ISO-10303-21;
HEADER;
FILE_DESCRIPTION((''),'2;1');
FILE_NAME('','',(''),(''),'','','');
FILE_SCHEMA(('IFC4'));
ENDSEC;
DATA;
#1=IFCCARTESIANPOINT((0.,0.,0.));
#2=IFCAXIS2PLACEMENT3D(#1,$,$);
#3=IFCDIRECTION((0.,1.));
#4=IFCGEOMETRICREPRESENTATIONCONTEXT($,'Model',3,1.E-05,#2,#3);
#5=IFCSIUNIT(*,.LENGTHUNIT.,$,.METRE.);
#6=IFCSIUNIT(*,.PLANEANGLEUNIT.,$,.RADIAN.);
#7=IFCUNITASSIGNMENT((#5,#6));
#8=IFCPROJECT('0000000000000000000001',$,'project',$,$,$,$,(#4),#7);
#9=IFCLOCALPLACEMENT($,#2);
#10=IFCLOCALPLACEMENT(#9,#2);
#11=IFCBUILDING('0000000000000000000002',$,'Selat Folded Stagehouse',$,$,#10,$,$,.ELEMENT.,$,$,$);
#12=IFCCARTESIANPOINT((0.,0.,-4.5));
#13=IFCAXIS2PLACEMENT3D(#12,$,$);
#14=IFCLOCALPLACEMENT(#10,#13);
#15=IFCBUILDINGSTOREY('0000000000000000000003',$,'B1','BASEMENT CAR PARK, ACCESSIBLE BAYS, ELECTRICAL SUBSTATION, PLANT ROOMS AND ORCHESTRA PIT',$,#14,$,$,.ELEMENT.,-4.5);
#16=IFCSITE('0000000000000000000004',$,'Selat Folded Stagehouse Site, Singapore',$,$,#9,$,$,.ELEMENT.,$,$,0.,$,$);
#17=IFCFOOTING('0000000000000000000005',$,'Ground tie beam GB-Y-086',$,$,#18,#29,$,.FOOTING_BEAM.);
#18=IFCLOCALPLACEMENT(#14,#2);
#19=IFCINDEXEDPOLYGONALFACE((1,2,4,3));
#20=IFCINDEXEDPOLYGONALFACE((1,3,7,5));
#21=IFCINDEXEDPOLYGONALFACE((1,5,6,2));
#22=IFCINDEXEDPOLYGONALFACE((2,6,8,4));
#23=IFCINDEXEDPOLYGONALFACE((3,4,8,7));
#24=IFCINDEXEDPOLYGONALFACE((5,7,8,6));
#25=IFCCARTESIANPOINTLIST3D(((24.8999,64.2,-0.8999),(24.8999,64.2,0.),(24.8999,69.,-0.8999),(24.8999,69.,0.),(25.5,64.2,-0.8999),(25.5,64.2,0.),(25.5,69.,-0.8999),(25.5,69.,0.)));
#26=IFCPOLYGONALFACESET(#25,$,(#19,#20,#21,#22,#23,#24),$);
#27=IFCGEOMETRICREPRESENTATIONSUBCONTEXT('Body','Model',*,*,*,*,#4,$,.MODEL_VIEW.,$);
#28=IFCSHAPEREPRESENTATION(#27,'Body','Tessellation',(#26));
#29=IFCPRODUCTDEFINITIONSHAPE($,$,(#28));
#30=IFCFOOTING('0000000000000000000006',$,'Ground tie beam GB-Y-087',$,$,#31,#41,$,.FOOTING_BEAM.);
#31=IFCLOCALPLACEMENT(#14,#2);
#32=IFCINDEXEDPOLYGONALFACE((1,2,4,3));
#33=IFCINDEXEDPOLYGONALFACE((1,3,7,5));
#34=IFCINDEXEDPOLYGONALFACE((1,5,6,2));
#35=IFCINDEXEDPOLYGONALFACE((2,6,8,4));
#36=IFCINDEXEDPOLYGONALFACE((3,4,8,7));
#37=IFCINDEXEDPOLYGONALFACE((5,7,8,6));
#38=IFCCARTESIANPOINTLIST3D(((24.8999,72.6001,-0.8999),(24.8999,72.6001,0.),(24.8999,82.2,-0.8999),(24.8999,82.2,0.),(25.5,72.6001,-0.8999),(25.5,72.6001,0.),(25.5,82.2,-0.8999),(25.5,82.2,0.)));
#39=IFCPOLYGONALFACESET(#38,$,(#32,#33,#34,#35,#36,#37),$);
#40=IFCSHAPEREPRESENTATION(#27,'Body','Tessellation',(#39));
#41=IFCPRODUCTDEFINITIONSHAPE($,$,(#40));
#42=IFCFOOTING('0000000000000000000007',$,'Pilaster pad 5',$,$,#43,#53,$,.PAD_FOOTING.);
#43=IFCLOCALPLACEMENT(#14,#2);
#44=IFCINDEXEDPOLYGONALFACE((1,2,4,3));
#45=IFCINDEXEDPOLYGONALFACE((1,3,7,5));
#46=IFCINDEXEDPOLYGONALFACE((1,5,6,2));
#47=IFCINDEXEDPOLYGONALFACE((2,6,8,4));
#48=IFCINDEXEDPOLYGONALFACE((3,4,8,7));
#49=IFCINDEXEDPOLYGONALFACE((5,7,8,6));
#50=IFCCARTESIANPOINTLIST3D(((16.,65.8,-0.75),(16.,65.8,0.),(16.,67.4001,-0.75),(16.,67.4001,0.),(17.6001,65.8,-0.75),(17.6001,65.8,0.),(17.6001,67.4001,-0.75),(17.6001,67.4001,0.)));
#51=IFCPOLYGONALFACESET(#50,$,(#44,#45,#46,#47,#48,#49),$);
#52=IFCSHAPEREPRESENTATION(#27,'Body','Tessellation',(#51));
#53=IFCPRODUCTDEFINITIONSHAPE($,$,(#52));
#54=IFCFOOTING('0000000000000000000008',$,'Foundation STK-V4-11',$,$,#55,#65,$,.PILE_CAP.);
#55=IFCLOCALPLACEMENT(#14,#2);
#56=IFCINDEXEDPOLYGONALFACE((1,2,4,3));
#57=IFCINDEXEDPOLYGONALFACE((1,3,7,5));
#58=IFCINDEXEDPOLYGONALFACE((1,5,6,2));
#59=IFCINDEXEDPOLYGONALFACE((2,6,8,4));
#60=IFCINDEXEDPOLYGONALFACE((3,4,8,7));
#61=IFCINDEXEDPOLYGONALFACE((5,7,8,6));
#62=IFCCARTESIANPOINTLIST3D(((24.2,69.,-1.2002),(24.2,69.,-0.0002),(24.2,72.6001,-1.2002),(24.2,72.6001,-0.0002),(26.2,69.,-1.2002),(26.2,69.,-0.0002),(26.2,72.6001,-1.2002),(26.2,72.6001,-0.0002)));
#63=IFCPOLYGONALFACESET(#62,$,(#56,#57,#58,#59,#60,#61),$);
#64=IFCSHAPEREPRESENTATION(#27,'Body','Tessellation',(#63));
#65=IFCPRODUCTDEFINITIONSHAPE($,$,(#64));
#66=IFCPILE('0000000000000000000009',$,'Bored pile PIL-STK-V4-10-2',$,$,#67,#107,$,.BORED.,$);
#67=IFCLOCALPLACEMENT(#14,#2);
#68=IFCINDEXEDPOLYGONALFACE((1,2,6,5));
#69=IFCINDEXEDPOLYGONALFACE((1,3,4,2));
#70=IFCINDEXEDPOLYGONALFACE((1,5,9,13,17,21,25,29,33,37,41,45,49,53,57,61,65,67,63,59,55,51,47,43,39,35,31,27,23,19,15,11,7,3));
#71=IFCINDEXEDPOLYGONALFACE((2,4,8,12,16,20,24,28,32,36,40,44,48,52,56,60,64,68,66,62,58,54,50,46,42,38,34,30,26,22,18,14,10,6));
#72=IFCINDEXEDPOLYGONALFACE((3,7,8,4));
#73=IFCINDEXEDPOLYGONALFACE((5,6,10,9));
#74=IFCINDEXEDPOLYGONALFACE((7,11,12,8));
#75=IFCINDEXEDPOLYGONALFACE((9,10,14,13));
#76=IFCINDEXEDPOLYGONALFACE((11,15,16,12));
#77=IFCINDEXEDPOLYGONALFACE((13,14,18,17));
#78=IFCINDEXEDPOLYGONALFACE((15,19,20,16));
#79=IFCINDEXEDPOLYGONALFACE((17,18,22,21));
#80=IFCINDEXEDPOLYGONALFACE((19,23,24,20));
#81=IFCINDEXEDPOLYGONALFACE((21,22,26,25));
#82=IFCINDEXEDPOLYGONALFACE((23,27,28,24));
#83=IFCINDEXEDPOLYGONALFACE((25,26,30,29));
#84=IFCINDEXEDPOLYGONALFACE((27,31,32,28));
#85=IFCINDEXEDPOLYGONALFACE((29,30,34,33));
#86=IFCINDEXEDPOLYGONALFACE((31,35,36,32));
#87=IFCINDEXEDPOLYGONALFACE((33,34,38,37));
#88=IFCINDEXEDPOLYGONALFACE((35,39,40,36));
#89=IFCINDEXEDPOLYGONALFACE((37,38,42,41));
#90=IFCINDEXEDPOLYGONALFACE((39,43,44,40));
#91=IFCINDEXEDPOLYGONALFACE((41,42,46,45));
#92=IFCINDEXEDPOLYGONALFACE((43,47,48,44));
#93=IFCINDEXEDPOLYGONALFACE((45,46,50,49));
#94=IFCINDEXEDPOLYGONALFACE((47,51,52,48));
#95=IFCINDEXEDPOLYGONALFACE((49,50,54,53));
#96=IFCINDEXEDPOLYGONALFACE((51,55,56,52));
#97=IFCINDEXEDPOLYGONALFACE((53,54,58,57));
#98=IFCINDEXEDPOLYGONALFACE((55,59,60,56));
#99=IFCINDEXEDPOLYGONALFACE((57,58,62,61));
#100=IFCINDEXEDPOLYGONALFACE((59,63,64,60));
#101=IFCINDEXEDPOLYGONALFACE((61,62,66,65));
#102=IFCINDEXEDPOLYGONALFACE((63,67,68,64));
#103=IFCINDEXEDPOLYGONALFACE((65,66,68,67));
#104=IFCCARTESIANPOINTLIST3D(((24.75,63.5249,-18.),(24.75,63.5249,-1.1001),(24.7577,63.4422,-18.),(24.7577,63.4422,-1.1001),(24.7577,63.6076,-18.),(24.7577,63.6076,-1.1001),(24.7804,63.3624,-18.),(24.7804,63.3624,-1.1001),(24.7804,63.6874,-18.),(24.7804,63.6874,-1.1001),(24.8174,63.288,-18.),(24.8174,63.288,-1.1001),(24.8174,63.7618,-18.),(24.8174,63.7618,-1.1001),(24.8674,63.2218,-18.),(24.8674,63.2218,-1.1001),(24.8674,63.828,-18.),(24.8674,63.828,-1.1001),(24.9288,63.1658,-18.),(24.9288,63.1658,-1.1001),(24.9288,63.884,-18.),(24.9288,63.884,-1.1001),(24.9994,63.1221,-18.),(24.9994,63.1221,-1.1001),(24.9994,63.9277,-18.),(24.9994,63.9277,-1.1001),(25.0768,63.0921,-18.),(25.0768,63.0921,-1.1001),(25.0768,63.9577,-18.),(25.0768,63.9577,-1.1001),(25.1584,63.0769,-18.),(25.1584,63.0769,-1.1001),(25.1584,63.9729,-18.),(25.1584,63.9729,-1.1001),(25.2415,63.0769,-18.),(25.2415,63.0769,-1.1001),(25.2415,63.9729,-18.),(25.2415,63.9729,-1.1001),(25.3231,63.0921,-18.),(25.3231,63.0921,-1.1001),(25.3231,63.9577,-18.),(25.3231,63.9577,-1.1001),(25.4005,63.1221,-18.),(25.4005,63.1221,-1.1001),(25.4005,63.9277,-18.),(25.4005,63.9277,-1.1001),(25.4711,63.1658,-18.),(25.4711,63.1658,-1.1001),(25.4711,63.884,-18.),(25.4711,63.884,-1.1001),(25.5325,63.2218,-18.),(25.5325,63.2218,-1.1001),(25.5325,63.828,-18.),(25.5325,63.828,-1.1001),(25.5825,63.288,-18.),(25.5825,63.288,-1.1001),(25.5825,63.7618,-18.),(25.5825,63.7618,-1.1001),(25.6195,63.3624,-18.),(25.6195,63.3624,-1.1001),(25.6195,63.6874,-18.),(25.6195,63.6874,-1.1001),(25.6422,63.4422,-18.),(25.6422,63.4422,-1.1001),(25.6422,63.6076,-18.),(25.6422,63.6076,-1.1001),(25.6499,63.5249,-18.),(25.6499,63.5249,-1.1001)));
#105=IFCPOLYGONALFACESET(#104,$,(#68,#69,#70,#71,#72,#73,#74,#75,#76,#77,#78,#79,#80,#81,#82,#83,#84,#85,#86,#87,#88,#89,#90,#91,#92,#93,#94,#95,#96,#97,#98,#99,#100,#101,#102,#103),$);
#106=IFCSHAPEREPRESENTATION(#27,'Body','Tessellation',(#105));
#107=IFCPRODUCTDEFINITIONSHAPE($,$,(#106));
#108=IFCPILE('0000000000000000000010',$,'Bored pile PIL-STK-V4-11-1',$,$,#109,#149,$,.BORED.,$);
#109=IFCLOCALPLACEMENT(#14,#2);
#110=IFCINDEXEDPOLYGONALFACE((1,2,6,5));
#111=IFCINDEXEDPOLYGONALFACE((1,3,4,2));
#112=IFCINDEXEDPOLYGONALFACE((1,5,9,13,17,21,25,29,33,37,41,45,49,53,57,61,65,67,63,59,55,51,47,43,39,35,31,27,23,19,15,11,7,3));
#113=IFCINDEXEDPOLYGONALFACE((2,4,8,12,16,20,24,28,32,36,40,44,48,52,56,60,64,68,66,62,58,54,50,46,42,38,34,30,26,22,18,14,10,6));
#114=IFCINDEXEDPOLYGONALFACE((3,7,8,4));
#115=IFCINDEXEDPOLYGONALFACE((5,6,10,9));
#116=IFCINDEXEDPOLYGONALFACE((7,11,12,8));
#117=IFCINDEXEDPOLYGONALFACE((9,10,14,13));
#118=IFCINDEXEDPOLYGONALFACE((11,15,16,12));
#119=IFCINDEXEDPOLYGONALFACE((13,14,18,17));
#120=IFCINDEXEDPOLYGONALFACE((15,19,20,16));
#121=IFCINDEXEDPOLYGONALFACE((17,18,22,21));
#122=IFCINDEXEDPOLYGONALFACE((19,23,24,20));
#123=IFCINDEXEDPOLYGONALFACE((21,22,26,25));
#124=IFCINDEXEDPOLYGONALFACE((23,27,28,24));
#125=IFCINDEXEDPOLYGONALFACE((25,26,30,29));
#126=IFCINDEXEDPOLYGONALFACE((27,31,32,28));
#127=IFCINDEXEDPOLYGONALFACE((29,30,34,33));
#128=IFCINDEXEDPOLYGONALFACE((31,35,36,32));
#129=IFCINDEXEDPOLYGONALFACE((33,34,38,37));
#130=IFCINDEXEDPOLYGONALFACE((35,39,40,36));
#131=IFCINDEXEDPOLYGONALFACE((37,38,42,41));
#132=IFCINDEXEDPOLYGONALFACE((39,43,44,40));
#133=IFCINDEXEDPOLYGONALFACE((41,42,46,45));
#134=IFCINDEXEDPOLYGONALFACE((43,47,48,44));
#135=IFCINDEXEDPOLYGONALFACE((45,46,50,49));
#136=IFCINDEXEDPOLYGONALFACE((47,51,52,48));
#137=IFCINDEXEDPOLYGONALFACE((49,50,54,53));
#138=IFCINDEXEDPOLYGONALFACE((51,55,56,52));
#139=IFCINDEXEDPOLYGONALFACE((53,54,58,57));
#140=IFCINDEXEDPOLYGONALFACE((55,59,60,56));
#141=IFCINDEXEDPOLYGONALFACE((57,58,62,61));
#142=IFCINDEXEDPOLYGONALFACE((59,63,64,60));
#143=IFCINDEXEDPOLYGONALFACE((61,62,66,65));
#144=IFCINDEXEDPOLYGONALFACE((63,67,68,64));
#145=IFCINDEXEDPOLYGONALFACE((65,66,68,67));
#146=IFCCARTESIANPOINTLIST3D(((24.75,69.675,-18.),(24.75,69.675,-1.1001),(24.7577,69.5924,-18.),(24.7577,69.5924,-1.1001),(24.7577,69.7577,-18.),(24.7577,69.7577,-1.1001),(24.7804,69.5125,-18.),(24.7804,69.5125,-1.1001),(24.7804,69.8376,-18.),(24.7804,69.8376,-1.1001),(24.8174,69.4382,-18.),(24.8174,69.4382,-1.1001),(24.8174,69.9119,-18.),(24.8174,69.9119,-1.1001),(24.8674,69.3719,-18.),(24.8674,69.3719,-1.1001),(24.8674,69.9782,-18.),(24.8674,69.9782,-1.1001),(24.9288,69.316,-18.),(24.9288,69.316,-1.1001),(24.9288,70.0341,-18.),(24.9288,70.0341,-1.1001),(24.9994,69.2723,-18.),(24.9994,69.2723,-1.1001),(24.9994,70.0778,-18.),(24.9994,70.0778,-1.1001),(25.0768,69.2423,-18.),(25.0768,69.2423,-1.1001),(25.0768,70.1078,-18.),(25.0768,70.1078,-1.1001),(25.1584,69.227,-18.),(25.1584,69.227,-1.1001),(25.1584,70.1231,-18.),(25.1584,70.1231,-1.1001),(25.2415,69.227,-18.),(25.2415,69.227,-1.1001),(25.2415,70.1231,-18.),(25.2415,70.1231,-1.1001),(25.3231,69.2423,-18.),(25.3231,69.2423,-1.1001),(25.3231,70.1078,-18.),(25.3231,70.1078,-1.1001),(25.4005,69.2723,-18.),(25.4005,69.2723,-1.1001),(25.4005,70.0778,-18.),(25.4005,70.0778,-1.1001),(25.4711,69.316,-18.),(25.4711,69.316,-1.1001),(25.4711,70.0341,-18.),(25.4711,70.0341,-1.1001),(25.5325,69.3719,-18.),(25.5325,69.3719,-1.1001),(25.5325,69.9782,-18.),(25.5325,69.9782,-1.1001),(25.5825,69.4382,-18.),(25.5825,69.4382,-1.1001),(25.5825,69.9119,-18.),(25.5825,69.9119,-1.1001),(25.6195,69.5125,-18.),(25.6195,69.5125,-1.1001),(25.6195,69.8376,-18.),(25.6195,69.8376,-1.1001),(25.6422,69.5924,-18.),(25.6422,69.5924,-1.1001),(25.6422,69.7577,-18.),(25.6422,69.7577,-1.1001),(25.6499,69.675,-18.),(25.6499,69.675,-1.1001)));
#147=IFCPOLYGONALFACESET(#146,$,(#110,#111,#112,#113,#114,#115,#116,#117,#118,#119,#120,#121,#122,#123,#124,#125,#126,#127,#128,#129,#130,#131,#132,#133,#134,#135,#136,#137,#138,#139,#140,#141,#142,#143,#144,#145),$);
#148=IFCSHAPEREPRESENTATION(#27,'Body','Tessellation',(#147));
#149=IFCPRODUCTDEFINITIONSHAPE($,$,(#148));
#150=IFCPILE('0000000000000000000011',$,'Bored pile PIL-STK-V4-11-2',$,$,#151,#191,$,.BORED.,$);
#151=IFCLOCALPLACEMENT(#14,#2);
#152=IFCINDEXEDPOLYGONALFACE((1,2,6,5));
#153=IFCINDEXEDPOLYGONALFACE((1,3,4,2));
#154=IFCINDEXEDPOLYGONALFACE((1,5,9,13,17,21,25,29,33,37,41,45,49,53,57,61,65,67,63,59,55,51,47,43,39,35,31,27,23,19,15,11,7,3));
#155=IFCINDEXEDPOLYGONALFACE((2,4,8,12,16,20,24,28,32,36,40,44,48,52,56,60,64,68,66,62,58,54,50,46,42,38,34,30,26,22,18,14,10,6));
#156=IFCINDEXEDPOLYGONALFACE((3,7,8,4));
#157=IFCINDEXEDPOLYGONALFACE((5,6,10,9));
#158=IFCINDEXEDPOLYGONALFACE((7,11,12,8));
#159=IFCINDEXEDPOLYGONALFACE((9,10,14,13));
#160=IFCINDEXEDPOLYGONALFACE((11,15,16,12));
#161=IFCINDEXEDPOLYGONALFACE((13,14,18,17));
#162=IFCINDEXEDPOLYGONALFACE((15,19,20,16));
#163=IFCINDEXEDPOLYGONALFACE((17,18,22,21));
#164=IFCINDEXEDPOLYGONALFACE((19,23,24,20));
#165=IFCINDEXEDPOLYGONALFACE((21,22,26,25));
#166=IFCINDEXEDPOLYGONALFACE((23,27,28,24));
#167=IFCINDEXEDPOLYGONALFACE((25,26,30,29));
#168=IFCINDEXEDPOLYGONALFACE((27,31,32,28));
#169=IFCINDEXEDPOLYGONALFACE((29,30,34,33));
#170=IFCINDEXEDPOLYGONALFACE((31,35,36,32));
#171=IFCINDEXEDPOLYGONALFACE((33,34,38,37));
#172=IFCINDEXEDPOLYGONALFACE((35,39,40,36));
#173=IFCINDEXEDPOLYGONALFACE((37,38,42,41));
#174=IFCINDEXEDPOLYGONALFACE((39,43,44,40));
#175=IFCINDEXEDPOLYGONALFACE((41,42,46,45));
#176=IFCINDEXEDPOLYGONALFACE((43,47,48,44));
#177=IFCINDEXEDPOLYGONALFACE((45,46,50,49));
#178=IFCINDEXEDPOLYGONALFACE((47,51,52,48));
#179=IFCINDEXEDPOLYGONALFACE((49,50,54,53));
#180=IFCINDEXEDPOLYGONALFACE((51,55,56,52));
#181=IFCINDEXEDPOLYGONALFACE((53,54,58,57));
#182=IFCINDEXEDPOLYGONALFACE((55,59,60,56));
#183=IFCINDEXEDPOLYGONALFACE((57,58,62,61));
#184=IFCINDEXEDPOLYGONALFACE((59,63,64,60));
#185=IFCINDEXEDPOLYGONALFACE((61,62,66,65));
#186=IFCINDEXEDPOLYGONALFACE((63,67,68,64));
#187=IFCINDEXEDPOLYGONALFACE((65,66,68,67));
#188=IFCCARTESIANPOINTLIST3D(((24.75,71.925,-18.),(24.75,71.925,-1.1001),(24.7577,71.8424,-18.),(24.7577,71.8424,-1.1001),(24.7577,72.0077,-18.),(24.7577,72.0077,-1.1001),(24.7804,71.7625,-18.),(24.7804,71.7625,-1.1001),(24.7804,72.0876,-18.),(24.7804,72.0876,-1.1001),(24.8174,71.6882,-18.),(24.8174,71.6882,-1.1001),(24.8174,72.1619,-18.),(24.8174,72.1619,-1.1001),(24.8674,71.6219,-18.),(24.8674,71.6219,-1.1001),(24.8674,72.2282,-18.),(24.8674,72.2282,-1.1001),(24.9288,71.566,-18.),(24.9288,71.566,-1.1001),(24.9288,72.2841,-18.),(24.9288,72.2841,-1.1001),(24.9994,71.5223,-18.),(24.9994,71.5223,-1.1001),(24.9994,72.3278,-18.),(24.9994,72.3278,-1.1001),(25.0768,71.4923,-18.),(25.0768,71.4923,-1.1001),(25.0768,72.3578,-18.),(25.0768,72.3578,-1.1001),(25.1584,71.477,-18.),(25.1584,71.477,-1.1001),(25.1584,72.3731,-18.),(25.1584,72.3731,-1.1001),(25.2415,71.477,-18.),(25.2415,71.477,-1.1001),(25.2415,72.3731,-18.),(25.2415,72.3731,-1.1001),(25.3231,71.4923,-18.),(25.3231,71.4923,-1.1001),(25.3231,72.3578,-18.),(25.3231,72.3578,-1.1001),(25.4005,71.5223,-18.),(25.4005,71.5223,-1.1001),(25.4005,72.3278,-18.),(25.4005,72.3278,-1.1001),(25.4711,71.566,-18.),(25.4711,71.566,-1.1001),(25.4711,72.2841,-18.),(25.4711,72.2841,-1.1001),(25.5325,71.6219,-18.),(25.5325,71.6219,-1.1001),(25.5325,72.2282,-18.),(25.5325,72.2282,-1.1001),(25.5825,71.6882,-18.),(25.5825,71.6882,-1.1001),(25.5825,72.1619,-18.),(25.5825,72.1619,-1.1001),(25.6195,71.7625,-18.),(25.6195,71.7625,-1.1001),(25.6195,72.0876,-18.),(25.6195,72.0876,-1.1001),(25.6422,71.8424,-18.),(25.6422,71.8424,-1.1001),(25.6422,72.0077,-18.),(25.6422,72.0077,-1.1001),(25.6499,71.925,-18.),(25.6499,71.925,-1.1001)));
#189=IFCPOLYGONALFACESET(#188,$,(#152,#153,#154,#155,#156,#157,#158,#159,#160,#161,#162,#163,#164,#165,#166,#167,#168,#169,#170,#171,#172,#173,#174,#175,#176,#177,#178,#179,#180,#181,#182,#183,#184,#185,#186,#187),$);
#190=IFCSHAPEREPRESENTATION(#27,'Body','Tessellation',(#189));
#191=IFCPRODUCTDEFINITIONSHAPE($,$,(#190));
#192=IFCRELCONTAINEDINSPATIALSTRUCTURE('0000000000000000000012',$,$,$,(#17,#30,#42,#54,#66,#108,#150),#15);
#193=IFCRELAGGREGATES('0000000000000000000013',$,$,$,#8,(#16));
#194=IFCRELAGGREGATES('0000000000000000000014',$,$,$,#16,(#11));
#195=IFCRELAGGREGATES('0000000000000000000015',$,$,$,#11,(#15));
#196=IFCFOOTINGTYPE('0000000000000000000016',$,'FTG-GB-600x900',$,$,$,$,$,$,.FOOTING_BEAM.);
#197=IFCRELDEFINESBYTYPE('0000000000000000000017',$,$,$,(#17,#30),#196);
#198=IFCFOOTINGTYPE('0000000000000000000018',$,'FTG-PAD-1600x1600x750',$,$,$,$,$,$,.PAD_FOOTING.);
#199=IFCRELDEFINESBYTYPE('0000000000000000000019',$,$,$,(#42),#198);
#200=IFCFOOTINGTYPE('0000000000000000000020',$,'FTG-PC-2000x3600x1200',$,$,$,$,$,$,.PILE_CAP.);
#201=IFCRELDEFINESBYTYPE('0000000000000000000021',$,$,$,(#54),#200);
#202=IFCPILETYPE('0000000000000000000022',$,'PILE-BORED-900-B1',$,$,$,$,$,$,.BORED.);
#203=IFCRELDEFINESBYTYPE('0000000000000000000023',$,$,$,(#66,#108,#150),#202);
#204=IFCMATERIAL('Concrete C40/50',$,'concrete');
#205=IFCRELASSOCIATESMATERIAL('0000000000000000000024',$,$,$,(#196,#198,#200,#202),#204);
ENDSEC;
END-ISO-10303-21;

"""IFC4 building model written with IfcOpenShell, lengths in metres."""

from ifc_helpers import new_model, si_unit, direction, frame, origin, origin_2d, place, context, subcontext, project, spatial, rectangle, circle, extrude, material, material_profile, profile_set, type_object, element, save


model = new_model("IFC4")

# Units and contexts
model_context = context("Model", 3, precision=1e-05, world=origin(), true_north=direction((0.0, 1.0)))
body_context = subcontext(model_context, "Body", "Model", "MODEL_VIEW")
ifc_project = project(units=[si_unit("LENGTHUNIT", "METRE"), si_unit("PLANEANGLEUNIT", "RADIAN")], contexts=[model_context])

# Site, building, storey
site_placement = place(None, origin())
site = spatial("IfcSite", under=ifc_project, at=site_placement, Name="Selat Folded Stagehouse Site, Singapore", CompositionType="ELEMENT", RefElevation=0.0)
building_placement = place(site_placement, origin())
building = spatial("IfcBuilding", under=site, at=building_placement, Name="Selat Folded Stagehouse", CompositionType="ELEMENT")
storey_placement = place(building_placement, frame((0.0, 0.0, -4.5)))
storey = spatial("IfcBuildingStorey", under=building, at=storey_placement, Name="B1", Description="BASEMENT CAR PARK, ACCESSIBLE BAYS, ELECTRICAL SUBSTATION, PLANT ROOMS AND ORCHESTRA PIT", CompositionType="ELEMENT", Elevation=-4.5)

# Footings
ifc_material_1 = material(Name="Concrete C40/50", Category="concrete")
ifc_material_profile_1 = material_profile(ifc_material_1, rectangle(XDim=0.6001, YDim=0.8999, at=origin_2d()), Name="RC 900x600")
ifc_profile_set_1 = profile_set([ifc_material_profile_1], Name="Concrete C40/50")
footing_type_1 = type_object("IfcFootingType", Name="FTG-GB-600x900", PredefinedType="FOOTING_BEAM", material=ifc_profile_set_1)
footing_1_placement = place(storey_placement, frame((25.2, 64.2, -0.45), z_axis=(0.0, 1.0, 0.0), x_axis=(-1.0, 0.0, 0.0)))
element("IfcFooting", 1, at=footing_1_placement, inside=storey, type_object=footing_type_1, Name="Ground tie beam GB-Y-086", PredefinedType="FOOTING_BEAM", context=body_context, shape_type="SweptSolid", body=[
    extrude(rectangle(XDim=0.6001, YDim=0.8999, at=origin_2d()), origin(), (0.0, 0.0, 1.0), 4.8),
])
footing_2_placement = place(storey_placement, frame((25.2, 72.6001, -0.45), z_axis=(0.0, 1.0, 0.0), x_axis=(-1.0, 0.0, 0.0)))
element("IfcFooting", 2, at=footing_2_placement, inside=storey, type_object=footing_type_1, Name="Ground tie beam GB-Y-087", PredefinedType="FOOTING_BEAM", context=body_context, shape_type="SweptSolid", body=[
    extrude(rectangle(XDim=0.6001, YDim=0.8999, at=origin_2d()), origin(), (0.0, 0.0, 1.0), 9.5999),
])
footing_type_2 = type_object("IfcFootingType", Name="FTG-PAD-1600x1600x750", PredefinedType="PAD_FOOTING", material=ifc_material_1)
footing_3_placement = place(storey_placement, frame((16.8, 66.6001, -0.75), z_axis=(0.0, 0.0, 1.0), x_axis=(1.0, 0.0, 0.0)))
element("IfcFooting", 3, at=footing_3_placement, inside=storey, type_object=footing_type_2, Name="Pilaster pad 5", PredefinedType="PAD_FOOTING", context=body_context, shape_type="SweptSolid", body=[
    extrude(rectangle(XDim=1.6001, YDim=1.6001, at=origin_2d()), origin(), (0.0, 0.0, 1.0), 0.75),
])
footing_type_3 = type_object("IfcFootingType", Name="FTG-PC-2000x3600x1200", PredefinedType="PILE_CAP", material=ifc_material_1)
footing_4_placement = place(storey_placement, frame((25.2, 70.8, -1.2002), z_axis=(0.0, 0.0, 1.0), x_axis=(1.0, 0.0, 0.0)))
element("IfcFooting", 4, at=footing_4_placement, inside=storey, type_object=footing_type_3, Name="Foundation STK-V4-11", PredefinedType="PILE_CAP", context=body_context, shape_type="SweptSolid", body=[
    extrude(rectangle(XDim=2.0, YDim=3.6001, at=origin_2d()), origin(), (0.0, 0.0, 1.0), 1.2),
])

# Piles
ifc_material_profile_2 = material_profile(ifc_material_1, circle(Radius=0.45, at=origin_2d()), Name="PILE D900")
ifc_profile_set_2 = profile_set([ifc_material_profile_2], Name="Concrete C40/50")
pile_type = type_object("IfcPileType", Name="PILE-BORED-900-B1", PredefinedType="BORED", material=ifc_profile_set_2)
for number, where, z_axis, x_axis, name in (
    (5, (25.2, 63.5249, -1.1001), (0.0, 0.0, -1.0), (1.0, 0.0, 0.0), "Bored pile PIL-STK-V4-10-2"),
    (6, (25.2, 69.675, -1.1001), (0.0, 0.0, -1.0), (1.0, 0.0, 0.0), "Bored pile PIL-STK-V4-11-1"),
    (7, (25.2, 71.925, -1.1001), (0.0, 0.0, -1.0), (1.0, 0.0, 0.0), "Bored pile PIL-STK-V4-11-2"),
):
    element("IfcPile", number, at=place(storey_placement, frame(where, z_axis=z_axis, x_axis=x_axis)), inside=storey, type_object=pile_type, Name=name, PredefinedType="BORED", context=body_context, shape_type="SweptSolid", body=[
        extrude(circle(Radius=0.45, at=origin_2d()), origin(), (0.0, 0.0, 1.0), 16.8999),
    ])

save(model, "model.ifc")
